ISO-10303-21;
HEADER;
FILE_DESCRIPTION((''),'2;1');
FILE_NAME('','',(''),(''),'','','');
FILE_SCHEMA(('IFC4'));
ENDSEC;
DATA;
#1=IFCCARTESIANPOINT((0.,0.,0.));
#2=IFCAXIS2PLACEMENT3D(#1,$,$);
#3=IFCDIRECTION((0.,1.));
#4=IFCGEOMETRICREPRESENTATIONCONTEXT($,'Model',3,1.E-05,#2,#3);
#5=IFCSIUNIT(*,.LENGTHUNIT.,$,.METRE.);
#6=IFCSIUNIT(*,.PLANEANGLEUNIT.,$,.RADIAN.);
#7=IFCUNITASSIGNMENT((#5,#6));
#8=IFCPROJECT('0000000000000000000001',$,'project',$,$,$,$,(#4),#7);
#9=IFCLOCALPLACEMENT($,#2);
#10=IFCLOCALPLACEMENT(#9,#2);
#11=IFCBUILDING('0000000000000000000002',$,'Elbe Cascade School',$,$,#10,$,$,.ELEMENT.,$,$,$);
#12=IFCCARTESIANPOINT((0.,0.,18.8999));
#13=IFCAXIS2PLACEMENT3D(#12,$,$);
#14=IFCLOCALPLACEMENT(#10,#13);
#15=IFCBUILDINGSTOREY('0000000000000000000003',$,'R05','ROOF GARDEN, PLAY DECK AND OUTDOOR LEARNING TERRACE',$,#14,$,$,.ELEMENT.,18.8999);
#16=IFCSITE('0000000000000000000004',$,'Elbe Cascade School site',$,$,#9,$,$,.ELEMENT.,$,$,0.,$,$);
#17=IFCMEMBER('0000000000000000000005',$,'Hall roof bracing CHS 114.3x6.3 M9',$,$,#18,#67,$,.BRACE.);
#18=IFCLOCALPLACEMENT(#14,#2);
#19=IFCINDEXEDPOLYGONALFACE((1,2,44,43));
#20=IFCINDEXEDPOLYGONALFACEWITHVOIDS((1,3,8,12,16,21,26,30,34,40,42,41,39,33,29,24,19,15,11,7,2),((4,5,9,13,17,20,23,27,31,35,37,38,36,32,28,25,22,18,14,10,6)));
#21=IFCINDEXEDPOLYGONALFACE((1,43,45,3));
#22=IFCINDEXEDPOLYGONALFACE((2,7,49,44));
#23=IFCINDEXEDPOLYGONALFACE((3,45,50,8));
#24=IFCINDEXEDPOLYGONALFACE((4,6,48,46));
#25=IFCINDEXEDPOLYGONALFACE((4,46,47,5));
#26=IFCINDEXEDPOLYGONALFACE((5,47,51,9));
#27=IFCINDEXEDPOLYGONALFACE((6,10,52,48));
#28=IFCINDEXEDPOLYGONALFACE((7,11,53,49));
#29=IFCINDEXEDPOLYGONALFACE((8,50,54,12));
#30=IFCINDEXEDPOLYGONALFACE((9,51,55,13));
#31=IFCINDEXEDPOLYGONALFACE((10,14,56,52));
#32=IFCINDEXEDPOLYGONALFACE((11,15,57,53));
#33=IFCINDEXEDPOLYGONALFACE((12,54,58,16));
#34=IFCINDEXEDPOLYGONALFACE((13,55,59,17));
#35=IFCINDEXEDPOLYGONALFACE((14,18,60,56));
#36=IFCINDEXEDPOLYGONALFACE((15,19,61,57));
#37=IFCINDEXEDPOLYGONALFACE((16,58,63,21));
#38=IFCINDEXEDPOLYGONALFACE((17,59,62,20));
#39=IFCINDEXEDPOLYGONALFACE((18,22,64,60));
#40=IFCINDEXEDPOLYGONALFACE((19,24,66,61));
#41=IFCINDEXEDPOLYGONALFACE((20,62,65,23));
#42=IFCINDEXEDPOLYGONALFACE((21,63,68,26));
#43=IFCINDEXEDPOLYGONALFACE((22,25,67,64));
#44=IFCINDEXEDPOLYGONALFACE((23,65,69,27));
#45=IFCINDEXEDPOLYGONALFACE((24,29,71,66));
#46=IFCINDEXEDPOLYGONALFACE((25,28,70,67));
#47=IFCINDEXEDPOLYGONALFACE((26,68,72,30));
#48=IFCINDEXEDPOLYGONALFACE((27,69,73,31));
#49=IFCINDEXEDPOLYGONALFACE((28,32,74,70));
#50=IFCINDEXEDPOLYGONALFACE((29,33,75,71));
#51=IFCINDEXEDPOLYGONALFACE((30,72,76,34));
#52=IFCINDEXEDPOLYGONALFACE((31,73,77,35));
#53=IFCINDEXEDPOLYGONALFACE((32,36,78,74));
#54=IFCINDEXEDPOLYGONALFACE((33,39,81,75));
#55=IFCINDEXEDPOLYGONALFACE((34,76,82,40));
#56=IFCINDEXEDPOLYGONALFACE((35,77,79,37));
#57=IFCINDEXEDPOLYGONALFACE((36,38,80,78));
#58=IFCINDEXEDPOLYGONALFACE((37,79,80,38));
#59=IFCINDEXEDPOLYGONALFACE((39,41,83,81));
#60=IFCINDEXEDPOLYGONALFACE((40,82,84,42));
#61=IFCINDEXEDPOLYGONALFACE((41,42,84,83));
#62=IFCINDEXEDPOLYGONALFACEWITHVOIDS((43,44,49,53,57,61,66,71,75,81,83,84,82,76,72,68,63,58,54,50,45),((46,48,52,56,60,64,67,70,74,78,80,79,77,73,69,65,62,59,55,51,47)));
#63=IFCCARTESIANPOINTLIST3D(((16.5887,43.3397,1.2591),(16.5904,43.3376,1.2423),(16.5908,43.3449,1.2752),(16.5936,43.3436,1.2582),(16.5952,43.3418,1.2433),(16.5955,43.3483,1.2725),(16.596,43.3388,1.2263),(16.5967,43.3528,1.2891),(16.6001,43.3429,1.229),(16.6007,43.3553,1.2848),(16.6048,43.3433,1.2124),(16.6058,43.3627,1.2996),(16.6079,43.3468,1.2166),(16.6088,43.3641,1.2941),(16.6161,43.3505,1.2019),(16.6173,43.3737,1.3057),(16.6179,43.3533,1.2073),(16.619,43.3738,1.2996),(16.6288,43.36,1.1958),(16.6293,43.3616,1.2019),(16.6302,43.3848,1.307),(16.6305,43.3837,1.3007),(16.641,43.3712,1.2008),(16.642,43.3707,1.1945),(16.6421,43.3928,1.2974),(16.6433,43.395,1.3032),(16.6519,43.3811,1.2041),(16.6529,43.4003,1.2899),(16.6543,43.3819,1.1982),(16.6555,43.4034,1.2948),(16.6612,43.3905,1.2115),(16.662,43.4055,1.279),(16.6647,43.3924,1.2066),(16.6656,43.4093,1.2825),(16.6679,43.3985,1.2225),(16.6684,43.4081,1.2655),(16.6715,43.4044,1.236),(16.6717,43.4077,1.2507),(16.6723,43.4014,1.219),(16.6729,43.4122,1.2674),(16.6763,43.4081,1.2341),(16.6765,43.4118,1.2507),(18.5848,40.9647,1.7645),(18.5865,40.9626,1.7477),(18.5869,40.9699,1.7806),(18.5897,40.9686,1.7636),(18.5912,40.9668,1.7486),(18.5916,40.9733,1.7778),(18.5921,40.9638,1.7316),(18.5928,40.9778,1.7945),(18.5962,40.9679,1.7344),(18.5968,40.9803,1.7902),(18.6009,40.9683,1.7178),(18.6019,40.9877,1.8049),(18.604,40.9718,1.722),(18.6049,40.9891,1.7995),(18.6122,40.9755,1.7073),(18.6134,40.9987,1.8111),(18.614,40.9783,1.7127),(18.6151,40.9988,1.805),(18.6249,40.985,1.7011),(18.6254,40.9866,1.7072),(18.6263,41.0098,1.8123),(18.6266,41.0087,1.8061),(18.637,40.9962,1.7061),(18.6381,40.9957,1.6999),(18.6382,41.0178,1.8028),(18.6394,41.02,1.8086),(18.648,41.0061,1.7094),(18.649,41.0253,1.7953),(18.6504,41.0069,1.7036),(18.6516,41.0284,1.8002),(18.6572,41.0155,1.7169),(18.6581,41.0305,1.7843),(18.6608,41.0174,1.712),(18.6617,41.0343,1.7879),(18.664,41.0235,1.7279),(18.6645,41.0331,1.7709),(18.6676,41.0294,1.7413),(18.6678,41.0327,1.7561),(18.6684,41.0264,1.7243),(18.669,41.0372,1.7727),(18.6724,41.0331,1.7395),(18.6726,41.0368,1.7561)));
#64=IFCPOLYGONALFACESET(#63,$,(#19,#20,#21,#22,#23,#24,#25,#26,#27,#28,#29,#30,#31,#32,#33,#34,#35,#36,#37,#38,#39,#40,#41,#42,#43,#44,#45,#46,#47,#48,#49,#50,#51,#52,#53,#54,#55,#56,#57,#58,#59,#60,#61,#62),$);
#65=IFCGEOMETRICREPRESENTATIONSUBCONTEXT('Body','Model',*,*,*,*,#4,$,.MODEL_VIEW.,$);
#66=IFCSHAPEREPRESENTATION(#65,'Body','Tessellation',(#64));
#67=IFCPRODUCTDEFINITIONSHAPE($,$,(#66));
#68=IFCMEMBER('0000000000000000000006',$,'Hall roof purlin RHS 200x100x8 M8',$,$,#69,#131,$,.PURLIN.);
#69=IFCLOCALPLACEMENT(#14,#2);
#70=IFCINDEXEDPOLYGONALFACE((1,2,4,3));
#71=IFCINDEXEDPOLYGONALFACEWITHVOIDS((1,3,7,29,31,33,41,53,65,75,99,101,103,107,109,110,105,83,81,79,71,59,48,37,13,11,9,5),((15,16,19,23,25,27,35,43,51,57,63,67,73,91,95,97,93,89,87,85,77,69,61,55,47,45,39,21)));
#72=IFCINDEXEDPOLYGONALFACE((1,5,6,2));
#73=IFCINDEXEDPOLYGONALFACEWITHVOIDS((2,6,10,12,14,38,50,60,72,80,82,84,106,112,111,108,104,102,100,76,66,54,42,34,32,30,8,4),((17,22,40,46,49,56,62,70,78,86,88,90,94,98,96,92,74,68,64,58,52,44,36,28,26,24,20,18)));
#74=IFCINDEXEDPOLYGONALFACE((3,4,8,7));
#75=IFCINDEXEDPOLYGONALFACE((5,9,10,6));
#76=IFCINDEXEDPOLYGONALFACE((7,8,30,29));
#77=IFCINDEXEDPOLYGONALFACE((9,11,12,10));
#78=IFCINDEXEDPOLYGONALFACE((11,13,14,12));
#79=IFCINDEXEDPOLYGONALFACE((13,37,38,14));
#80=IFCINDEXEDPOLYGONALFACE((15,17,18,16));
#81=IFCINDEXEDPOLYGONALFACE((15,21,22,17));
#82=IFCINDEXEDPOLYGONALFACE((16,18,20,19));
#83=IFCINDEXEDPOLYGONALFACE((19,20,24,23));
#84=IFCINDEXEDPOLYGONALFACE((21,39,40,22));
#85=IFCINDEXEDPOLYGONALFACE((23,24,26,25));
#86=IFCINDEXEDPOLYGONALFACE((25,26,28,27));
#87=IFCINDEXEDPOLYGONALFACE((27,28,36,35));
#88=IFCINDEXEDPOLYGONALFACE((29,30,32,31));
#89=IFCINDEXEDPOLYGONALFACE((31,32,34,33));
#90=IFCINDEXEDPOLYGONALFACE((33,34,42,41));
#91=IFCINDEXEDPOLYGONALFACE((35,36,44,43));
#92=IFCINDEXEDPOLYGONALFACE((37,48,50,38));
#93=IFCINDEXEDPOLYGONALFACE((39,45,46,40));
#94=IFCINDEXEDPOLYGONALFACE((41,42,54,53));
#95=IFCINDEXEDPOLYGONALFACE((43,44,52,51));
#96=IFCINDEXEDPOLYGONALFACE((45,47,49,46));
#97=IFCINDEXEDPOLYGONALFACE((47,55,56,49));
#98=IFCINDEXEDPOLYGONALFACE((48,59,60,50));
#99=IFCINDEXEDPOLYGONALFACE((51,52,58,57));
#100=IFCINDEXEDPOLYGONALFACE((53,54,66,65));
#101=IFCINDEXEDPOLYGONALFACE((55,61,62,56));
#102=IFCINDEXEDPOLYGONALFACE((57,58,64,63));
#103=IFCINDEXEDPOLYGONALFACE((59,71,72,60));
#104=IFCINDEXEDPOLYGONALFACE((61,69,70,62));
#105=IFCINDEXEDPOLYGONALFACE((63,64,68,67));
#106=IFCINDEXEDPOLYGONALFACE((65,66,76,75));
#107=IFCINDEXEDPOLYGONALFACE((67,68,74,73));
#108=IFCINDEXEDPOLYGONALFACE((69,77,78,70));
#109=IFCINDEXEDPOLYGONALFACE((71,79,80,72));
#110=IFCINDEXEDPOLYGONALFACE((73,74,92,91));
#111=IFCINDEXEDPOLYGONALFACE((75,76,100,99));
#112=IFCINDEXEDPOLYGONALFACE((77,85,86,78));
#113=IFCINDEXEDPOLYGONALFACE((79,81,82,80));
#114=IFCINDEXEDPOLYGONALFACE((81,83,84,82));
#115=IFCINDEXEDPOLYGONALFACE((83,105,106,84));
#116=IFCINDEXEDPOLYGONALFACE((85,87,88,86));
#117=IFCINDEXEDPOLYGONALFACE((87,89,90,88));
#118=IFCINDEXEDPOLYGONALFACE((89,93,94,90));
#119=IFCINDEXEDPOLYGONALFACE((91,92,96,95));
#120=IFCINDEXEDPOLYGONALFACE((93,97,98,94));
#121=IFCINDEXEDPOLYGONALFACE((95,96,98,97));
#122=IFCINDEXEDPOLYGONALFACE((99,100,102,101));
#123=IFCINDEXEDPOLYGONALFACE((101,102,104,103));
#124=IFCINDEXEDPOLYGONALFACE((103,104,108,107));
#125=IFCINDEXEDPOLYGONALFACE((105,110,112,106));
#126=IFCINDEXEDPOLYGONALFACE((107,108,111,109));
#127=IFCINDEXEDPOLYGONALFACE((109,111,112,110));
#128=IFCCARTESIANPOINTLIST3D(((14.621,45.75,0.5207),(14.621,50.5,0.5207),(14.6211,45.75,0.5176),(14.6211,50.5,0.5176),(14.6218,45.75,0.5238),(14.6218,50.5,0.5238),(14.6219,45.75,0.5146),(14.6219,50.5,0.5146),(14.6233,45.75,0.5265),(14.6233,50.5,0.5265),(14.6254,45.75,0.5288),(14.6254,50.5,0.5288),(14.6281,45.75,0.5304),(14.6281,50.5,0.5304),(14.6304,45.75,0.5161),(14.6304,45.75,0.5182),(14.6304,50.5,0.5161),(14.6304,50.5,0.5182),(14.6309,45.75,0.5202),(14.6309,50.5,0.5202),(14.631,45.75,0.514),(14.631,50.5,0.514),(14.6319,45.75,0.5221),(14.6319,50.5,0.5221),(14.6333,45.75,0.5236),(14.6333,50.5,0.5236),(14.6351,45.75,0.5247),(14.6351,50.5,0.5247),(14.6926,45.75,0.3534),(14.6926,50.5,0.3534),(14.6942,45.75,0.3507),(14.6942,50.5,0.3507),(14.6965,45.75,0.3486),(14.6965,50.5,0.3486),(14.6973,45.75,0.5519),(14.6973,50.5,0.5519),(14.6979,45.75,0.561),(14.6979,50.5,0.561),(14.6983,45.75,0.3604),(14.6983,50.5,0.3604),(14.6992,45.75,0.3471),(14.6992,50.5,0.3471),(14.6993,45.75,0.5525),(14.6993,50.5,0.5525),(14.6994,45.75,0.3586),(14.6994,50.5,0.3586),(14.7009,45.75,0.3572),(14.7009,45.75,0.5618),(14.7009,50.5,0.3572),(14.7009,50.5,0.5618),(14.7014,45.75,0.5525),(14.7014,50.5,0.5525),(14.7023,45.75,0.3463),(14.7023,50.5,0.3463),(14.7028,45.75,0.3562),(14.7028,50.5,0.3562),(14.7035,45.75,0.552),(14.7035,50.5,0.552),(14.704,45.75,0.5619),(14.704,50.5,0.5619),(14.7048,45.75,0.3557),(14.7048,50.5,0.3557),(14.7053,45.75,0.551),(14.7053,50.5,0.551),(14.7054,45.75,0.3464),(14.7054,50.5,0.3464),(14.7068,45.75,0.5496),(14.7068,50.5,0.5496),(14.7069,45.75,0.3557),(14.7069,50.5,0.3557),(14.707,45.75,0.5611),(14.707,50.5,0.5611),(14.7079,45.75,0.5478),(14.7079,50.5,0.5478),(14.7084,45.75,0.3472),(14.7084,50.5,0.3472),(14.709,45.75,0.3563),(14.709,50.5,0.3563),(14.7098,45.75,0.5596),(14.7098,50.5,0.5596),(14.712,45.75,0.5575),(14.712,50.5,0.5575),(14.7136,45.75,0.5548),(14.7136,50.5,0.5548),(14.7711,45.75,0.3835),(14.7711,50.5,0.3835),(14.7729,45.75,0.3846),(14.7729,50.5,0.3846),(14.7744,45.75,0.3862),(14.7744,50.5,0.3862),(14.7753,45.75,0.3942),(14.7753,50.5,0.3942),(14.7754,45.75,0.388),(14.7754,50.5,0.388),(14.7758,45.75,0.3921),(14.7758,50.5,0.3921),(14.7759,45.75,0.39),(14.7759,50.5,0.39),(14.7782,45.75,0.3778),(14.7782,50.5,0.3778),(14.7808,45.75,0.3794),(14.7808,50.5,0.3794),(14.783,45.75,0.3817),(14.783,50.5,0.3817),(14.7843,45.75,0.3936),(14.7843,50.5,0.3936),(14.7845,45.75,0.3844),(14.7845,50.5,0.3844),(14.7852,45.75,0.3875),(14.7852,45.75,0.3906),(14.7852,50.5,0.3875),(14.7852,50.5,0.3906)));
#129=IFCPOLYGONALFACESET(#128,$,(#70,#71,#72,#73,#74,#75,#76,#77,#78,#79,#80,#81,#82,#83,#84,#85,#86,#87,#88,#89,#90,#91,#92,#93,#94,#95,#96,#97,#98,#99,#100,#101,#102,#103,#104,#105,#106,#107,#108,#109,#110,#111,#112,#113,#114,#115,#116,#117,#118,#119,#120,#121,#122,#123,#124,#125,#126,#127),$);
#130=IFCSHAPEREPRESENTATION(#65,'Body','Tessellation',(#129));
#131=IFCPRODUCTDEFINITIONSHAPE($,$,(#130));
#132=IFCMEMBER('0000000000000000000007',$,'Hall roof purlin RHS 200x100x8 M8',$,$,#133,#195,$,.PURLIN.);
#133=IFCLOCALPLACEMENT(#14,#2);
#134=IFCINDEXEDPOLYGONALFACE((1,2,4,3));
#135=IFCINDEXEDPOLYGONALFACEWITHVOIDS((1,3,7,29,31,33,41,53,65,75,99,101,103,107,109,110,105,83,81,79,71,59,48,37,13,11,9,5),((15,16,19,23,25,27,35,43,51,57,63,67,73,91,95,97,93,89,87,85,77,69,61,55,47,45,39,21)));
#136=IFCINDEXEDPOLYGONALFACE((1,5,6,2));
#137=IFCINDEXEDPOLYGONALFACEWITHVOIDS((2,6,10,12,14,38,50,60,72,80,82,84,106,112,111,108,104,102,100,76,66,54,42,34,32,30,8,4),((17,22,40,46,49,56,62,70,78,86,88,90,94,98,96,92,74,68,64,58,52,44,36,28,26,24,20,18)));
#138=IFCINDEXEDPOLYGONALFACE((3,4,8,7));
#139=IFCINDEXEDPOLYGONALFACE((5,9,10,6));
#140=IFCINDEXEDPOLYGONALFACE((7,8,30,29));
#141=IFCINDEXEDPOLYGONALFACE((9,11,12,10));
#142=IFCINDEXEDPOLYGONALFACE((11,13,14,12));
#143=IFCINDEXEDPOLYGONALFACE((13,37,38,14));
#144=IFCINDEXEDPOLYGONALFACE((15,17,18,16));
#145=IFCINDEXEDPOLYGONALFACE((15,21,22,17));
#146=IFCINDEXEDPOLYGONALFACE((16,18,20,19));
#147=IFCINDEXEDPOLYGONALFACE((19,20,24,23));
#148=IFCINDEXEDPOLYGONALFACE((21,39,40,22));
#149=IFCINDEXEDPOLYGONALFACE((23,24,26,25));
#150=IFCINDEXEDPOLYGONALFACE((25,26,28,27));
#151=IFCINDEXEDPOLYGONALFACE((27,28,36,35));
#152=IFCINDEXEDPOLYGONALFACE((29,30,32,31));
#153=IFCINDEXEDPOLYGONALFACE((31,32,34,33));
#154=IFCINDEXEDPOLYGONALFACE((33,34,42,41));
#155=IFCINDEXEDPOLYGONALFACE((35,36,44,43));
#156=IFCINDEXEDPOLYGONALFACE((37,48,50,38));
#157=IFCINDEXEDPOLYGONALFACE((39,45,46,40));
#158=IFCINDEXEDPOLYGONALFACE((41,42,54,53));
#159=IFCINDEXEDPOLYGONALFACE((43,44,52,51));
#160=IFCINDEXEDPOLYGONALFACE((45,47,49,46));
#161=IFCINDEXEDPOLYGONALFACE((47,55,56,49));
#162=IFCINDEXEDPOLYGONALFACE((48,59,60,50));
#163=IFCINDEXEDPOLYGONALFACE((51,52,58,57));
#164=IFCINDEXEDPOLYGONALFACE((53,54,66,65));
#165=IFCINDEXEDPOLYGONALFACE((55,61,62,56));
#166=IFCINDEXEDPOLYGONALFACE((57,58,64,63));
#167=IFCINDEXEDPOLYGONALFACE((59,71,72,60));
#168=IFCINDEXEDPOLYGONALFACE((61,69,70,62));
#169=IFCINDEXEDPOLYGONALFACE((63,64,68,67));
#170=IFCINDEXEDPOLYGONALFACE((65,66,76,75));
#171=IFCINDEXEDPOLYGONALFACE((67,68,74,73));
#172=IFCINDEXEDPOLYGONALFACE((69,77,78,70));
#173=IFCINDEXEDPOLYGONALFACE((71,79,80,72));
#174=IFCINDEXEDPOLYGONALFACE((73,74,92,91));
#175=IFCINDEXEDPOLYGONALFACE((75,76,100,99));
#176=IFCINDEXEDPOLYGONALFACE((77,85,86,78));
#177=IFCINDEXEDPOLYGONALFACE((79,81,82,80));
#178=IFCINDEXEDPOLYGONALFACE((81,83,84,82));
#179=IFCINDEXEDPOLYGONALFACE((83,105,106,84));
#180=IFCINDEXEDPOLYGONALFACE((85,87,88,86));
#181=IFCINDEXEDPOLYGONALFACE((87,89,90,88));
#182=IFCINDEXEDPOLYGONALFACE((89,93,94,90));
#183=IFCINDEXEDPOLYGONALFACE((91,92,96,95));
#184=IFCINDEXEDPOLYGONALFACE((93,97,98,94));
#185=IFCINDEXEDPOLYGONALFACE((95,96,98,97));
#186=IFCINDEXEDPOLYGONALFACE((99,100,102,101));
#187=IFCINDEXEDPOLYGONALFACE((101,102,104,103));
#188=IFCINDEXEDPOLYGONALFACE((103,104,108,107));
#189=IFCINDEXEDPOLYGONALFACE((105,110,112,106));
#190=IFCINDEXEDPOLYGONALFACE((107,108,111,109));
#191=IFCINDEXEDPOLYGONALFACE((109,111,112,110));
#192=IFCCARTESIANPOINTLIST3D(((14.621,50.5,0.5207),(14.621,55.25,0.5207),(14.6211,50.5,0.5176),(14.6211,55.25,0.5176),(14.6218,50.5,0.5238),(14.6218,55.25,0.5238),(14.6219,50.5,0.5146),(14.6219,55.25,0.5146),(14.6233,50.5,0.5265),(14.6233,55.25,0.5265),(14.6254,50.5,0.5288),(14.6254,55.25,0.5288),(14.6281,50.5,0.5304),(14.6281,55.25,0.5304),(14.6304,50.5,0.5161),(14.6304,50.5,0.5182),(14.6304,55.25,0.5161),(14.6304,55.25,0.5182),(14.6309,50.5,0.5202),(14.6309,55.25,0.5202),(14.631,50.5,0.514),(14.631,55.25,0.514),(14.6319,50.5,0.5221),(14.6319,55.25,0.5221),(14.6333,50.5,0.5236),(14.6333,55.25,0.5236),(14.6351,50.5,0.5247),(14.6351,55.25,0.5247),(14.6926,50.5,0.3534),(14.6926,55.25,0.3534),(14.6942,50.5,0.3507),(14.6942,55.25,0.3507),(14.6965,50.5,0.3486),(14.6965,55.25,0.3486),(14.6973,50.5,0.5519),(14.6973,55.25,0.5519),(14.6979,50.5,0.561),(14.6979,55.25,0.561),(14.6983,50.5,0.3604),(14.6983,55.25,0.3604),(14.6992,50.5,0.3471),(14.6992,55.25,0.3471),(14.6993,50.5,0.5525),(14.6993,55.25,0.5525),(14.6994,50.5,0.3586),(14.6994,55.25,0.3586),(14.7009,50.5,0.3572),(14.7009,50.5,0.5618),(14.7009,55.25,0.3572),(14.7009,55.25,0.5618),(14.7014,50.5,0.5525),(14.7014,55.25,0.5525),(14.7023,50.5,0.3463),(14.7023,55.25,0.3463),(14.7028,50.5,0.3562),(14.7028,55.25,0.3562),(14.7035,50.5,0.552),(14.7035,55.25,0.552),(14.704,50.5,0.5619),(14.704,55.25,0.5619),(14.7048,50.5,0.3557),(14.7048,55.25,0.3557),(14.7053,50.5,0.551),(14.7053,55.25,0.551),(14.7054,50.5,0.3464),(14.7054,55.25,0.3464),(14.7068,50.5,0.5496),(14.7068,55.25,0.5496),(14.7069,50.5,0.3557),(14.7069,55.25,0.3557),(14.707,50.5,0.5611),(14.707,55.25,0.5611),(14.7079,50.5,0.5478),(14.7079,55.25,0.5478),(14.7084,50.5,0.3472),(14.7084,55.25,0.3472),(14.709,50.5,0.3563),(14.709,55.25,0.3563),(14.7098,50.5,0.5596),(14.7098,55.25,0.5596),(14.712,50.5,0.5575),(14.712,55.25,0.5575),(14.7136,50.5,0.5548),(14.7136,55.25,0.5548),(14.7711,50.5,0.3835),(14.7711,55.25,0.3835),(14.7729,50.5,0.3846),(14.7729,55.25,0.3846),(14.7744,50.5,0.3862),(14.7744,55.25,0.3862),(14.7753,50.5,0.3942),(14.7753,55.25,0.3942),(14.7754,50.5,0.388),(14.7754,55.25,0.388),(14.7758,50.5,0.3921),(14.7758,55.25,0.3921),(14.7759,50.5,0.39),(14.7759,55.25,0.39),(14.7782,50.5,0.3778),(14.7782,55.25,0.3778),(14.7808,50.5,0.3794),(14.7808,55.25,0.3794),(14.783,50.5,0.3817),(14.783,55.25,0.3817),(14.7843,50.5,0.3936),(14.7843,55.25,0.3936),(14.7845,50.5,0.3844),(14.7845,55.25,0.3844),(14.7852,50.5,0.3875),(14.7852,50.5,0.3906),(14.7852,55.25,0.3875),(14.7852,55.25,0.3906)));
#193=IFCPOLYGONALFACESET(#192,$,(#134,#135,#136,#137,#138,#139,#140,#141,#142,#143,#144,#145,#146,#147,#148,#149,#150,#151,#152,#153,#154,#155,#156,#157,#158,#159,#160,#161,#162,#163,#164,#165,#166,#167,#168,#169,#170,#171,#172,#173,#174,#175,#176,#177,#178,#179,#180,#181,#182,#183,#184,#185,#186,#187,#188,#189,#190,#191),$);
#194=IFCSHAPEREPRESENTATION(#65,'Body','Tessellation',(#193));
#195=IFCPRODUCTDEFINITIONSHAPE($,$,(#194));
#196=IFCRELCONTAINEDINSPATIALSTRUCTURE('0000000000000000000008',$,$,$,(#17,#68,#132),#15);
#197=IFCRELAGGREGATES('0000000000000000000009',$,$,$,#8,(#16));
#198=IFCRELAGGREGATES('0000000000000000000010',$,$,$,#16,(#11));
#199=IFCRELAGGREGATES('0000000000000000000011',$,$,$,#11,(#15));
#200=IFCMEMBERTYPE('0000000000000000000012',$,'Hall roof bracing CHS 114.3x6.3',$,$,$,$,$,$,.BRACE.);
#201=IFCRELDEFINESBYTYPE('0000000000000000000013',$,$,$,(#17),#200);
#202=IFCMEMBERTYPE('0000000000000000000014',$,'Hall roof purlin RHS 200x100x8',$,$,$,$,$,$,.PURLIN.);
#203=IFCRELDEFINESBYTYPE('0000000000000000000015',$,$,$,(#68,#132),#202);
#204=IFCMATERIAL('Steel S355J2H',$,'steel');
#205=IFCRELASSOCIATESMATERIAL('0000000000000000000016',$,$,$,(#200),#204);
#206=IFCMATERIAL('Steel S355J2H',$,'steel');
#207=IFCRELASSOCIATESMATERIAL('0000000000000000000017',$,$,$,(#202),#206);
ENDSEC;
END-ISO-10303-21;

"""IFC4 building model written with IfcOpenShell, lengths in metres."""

from ifc_helpers import new_model, si_unit, direction, frame, origin, origin_2d, place, context, subcontext, project, spatial, hollow_rectangle, hollow_circle, extrude, material, material_profile, profile_set, type_object, element, save


model = new_model("IFC4")

# Units and contexts
model_context = context("Model", 3, precision=1e-05, world=origin(), true_north=direction((0.0, 1.0)))
body_context = subcontext(model_context, "Body", "Model", "MODEL_VIEW")
ifc_project = project(units=[si_unit("LENGTHUNIT", "METRE"), si_unit("PLANEANGLEUNIT", "RADIAN")], contexts=[model_context])

# Site, building, storey
site_placement = place(None, origin())
site = spatial("IfcSite", under=ifc_project, at=site_placement, Name="Elbe Cascade School site", CompositionType="ELEMENT", RefElevation=0.0)
building_placement = place(site_placement, origin())
building = spatial("IfcBuilding", under=site, at=building_placement, Name="Elbe Cascade School", CompositionType="ELEMENT")
storey_placement = place(building_placement, frame((0.0, 0.0, 18.8999)))
storey = spatial("IfcBuildingStorey", under=building, at=storey_placement, Name="R05", Description="ROOF GARDEN, PLAY DECK AND OUTDOOR LEARNING TERRACE", CompositionType="ELEMENT", Elevation=18.8999)

# Members
ifc_material_1 = material(Name="Steel S355J2H", Category="steel")
ifc_material_profile_1 = material_profile(ifc_material_1, hollow_circle(Radius=0.0571, WallThickness=0.0063, at=origin_2d()), Name="CHS 114.3x6.3")
ifc_profile_set_1 = profile_set([ifc_material_profile_1], Name="Steel S355J2H")
member_type_1 = type_object("IfcMemberType", Name="Hall roof bracing CHS 114.3x6.3", PredefinedType="BRACE", material=ifc_profile_set_1)
member_1_placement = place(storey_placement, frame((16.6328, 43.375, 1.2507), z_axis=(0.635029, -0.755572, 0.160777), x_axis=(0.765531, 0.643399, 0.0)))
element("IfcMember", 1, at=member_1_placement, inside=storey, type_object=member_type_1, Name="Hall roof bracing CHS 114.3x6.3 M9", PredefinedType="BRACE", context=body_context, shape_type="SweptSolid", body=[
    extrude(hollow_circle(Radius=0.0571, WallThickness=0.0063, at=origin_2d()), origin(), (0.0, 0.0, 1.0), 3.1433),
])
ifc_material_2 = material(Name="Steel S355J2H", Category="steel")
ifc_material_profile_2 = material_profile(ifc_material_2, hollow_rectangle(XDim=0.1001, YDim=0.2, WallThickness=0.0081, InnerFilletRadius=0.0081, OuterFilletRadius=0.012, at=origin_2d()), Name="RHS 200x100x8")
ifc_profile_set_2 = profile_set([ifc_material_profile_2], Name="Steel S355J2H")
member_type_2 = type_object("IfcMemberType", Name="Hall roof purlin RHS 200x100x8", PredefinedType="PURLIN", material=ifc_profile_set_2)
for number, where, z_axis, x_axis, name in (
    (2, (14.7031, 45.75, 0.4541), (0.0, 1.0, 0.0), (-0.91584, 0.0, -0.401544), "Hall roof purlin RHS 200x100x8 M8"),
    (3, (14.7031, 50.5, 0.4541), (0.0, 1.0, 0.0), (-0.91584, 0.0, -0.401544), "Hall roof purlin RHS 200x100x8 M8"),
):
    element("IfcMember", number, at=place(storey_placement, frame(where, z_axis=z_axis, x_axis=x_axis)), inside=storey, type_object=member_type_2, Name=name, PredefinedType="PURLIN", context=body_context, shape_type="SweptSolid", body=[
        extrude(hollow_rectangle(XDim=0.1001, YDim=0.2, WallThickness=0.0081, InnerFilletRadius=0.0081, OuterFilletRadius=0.012, at=origin_2d()), origin(), (0.0, 0.0, 1.0), 4.75),
    ])

save(model, "model.ifc")
